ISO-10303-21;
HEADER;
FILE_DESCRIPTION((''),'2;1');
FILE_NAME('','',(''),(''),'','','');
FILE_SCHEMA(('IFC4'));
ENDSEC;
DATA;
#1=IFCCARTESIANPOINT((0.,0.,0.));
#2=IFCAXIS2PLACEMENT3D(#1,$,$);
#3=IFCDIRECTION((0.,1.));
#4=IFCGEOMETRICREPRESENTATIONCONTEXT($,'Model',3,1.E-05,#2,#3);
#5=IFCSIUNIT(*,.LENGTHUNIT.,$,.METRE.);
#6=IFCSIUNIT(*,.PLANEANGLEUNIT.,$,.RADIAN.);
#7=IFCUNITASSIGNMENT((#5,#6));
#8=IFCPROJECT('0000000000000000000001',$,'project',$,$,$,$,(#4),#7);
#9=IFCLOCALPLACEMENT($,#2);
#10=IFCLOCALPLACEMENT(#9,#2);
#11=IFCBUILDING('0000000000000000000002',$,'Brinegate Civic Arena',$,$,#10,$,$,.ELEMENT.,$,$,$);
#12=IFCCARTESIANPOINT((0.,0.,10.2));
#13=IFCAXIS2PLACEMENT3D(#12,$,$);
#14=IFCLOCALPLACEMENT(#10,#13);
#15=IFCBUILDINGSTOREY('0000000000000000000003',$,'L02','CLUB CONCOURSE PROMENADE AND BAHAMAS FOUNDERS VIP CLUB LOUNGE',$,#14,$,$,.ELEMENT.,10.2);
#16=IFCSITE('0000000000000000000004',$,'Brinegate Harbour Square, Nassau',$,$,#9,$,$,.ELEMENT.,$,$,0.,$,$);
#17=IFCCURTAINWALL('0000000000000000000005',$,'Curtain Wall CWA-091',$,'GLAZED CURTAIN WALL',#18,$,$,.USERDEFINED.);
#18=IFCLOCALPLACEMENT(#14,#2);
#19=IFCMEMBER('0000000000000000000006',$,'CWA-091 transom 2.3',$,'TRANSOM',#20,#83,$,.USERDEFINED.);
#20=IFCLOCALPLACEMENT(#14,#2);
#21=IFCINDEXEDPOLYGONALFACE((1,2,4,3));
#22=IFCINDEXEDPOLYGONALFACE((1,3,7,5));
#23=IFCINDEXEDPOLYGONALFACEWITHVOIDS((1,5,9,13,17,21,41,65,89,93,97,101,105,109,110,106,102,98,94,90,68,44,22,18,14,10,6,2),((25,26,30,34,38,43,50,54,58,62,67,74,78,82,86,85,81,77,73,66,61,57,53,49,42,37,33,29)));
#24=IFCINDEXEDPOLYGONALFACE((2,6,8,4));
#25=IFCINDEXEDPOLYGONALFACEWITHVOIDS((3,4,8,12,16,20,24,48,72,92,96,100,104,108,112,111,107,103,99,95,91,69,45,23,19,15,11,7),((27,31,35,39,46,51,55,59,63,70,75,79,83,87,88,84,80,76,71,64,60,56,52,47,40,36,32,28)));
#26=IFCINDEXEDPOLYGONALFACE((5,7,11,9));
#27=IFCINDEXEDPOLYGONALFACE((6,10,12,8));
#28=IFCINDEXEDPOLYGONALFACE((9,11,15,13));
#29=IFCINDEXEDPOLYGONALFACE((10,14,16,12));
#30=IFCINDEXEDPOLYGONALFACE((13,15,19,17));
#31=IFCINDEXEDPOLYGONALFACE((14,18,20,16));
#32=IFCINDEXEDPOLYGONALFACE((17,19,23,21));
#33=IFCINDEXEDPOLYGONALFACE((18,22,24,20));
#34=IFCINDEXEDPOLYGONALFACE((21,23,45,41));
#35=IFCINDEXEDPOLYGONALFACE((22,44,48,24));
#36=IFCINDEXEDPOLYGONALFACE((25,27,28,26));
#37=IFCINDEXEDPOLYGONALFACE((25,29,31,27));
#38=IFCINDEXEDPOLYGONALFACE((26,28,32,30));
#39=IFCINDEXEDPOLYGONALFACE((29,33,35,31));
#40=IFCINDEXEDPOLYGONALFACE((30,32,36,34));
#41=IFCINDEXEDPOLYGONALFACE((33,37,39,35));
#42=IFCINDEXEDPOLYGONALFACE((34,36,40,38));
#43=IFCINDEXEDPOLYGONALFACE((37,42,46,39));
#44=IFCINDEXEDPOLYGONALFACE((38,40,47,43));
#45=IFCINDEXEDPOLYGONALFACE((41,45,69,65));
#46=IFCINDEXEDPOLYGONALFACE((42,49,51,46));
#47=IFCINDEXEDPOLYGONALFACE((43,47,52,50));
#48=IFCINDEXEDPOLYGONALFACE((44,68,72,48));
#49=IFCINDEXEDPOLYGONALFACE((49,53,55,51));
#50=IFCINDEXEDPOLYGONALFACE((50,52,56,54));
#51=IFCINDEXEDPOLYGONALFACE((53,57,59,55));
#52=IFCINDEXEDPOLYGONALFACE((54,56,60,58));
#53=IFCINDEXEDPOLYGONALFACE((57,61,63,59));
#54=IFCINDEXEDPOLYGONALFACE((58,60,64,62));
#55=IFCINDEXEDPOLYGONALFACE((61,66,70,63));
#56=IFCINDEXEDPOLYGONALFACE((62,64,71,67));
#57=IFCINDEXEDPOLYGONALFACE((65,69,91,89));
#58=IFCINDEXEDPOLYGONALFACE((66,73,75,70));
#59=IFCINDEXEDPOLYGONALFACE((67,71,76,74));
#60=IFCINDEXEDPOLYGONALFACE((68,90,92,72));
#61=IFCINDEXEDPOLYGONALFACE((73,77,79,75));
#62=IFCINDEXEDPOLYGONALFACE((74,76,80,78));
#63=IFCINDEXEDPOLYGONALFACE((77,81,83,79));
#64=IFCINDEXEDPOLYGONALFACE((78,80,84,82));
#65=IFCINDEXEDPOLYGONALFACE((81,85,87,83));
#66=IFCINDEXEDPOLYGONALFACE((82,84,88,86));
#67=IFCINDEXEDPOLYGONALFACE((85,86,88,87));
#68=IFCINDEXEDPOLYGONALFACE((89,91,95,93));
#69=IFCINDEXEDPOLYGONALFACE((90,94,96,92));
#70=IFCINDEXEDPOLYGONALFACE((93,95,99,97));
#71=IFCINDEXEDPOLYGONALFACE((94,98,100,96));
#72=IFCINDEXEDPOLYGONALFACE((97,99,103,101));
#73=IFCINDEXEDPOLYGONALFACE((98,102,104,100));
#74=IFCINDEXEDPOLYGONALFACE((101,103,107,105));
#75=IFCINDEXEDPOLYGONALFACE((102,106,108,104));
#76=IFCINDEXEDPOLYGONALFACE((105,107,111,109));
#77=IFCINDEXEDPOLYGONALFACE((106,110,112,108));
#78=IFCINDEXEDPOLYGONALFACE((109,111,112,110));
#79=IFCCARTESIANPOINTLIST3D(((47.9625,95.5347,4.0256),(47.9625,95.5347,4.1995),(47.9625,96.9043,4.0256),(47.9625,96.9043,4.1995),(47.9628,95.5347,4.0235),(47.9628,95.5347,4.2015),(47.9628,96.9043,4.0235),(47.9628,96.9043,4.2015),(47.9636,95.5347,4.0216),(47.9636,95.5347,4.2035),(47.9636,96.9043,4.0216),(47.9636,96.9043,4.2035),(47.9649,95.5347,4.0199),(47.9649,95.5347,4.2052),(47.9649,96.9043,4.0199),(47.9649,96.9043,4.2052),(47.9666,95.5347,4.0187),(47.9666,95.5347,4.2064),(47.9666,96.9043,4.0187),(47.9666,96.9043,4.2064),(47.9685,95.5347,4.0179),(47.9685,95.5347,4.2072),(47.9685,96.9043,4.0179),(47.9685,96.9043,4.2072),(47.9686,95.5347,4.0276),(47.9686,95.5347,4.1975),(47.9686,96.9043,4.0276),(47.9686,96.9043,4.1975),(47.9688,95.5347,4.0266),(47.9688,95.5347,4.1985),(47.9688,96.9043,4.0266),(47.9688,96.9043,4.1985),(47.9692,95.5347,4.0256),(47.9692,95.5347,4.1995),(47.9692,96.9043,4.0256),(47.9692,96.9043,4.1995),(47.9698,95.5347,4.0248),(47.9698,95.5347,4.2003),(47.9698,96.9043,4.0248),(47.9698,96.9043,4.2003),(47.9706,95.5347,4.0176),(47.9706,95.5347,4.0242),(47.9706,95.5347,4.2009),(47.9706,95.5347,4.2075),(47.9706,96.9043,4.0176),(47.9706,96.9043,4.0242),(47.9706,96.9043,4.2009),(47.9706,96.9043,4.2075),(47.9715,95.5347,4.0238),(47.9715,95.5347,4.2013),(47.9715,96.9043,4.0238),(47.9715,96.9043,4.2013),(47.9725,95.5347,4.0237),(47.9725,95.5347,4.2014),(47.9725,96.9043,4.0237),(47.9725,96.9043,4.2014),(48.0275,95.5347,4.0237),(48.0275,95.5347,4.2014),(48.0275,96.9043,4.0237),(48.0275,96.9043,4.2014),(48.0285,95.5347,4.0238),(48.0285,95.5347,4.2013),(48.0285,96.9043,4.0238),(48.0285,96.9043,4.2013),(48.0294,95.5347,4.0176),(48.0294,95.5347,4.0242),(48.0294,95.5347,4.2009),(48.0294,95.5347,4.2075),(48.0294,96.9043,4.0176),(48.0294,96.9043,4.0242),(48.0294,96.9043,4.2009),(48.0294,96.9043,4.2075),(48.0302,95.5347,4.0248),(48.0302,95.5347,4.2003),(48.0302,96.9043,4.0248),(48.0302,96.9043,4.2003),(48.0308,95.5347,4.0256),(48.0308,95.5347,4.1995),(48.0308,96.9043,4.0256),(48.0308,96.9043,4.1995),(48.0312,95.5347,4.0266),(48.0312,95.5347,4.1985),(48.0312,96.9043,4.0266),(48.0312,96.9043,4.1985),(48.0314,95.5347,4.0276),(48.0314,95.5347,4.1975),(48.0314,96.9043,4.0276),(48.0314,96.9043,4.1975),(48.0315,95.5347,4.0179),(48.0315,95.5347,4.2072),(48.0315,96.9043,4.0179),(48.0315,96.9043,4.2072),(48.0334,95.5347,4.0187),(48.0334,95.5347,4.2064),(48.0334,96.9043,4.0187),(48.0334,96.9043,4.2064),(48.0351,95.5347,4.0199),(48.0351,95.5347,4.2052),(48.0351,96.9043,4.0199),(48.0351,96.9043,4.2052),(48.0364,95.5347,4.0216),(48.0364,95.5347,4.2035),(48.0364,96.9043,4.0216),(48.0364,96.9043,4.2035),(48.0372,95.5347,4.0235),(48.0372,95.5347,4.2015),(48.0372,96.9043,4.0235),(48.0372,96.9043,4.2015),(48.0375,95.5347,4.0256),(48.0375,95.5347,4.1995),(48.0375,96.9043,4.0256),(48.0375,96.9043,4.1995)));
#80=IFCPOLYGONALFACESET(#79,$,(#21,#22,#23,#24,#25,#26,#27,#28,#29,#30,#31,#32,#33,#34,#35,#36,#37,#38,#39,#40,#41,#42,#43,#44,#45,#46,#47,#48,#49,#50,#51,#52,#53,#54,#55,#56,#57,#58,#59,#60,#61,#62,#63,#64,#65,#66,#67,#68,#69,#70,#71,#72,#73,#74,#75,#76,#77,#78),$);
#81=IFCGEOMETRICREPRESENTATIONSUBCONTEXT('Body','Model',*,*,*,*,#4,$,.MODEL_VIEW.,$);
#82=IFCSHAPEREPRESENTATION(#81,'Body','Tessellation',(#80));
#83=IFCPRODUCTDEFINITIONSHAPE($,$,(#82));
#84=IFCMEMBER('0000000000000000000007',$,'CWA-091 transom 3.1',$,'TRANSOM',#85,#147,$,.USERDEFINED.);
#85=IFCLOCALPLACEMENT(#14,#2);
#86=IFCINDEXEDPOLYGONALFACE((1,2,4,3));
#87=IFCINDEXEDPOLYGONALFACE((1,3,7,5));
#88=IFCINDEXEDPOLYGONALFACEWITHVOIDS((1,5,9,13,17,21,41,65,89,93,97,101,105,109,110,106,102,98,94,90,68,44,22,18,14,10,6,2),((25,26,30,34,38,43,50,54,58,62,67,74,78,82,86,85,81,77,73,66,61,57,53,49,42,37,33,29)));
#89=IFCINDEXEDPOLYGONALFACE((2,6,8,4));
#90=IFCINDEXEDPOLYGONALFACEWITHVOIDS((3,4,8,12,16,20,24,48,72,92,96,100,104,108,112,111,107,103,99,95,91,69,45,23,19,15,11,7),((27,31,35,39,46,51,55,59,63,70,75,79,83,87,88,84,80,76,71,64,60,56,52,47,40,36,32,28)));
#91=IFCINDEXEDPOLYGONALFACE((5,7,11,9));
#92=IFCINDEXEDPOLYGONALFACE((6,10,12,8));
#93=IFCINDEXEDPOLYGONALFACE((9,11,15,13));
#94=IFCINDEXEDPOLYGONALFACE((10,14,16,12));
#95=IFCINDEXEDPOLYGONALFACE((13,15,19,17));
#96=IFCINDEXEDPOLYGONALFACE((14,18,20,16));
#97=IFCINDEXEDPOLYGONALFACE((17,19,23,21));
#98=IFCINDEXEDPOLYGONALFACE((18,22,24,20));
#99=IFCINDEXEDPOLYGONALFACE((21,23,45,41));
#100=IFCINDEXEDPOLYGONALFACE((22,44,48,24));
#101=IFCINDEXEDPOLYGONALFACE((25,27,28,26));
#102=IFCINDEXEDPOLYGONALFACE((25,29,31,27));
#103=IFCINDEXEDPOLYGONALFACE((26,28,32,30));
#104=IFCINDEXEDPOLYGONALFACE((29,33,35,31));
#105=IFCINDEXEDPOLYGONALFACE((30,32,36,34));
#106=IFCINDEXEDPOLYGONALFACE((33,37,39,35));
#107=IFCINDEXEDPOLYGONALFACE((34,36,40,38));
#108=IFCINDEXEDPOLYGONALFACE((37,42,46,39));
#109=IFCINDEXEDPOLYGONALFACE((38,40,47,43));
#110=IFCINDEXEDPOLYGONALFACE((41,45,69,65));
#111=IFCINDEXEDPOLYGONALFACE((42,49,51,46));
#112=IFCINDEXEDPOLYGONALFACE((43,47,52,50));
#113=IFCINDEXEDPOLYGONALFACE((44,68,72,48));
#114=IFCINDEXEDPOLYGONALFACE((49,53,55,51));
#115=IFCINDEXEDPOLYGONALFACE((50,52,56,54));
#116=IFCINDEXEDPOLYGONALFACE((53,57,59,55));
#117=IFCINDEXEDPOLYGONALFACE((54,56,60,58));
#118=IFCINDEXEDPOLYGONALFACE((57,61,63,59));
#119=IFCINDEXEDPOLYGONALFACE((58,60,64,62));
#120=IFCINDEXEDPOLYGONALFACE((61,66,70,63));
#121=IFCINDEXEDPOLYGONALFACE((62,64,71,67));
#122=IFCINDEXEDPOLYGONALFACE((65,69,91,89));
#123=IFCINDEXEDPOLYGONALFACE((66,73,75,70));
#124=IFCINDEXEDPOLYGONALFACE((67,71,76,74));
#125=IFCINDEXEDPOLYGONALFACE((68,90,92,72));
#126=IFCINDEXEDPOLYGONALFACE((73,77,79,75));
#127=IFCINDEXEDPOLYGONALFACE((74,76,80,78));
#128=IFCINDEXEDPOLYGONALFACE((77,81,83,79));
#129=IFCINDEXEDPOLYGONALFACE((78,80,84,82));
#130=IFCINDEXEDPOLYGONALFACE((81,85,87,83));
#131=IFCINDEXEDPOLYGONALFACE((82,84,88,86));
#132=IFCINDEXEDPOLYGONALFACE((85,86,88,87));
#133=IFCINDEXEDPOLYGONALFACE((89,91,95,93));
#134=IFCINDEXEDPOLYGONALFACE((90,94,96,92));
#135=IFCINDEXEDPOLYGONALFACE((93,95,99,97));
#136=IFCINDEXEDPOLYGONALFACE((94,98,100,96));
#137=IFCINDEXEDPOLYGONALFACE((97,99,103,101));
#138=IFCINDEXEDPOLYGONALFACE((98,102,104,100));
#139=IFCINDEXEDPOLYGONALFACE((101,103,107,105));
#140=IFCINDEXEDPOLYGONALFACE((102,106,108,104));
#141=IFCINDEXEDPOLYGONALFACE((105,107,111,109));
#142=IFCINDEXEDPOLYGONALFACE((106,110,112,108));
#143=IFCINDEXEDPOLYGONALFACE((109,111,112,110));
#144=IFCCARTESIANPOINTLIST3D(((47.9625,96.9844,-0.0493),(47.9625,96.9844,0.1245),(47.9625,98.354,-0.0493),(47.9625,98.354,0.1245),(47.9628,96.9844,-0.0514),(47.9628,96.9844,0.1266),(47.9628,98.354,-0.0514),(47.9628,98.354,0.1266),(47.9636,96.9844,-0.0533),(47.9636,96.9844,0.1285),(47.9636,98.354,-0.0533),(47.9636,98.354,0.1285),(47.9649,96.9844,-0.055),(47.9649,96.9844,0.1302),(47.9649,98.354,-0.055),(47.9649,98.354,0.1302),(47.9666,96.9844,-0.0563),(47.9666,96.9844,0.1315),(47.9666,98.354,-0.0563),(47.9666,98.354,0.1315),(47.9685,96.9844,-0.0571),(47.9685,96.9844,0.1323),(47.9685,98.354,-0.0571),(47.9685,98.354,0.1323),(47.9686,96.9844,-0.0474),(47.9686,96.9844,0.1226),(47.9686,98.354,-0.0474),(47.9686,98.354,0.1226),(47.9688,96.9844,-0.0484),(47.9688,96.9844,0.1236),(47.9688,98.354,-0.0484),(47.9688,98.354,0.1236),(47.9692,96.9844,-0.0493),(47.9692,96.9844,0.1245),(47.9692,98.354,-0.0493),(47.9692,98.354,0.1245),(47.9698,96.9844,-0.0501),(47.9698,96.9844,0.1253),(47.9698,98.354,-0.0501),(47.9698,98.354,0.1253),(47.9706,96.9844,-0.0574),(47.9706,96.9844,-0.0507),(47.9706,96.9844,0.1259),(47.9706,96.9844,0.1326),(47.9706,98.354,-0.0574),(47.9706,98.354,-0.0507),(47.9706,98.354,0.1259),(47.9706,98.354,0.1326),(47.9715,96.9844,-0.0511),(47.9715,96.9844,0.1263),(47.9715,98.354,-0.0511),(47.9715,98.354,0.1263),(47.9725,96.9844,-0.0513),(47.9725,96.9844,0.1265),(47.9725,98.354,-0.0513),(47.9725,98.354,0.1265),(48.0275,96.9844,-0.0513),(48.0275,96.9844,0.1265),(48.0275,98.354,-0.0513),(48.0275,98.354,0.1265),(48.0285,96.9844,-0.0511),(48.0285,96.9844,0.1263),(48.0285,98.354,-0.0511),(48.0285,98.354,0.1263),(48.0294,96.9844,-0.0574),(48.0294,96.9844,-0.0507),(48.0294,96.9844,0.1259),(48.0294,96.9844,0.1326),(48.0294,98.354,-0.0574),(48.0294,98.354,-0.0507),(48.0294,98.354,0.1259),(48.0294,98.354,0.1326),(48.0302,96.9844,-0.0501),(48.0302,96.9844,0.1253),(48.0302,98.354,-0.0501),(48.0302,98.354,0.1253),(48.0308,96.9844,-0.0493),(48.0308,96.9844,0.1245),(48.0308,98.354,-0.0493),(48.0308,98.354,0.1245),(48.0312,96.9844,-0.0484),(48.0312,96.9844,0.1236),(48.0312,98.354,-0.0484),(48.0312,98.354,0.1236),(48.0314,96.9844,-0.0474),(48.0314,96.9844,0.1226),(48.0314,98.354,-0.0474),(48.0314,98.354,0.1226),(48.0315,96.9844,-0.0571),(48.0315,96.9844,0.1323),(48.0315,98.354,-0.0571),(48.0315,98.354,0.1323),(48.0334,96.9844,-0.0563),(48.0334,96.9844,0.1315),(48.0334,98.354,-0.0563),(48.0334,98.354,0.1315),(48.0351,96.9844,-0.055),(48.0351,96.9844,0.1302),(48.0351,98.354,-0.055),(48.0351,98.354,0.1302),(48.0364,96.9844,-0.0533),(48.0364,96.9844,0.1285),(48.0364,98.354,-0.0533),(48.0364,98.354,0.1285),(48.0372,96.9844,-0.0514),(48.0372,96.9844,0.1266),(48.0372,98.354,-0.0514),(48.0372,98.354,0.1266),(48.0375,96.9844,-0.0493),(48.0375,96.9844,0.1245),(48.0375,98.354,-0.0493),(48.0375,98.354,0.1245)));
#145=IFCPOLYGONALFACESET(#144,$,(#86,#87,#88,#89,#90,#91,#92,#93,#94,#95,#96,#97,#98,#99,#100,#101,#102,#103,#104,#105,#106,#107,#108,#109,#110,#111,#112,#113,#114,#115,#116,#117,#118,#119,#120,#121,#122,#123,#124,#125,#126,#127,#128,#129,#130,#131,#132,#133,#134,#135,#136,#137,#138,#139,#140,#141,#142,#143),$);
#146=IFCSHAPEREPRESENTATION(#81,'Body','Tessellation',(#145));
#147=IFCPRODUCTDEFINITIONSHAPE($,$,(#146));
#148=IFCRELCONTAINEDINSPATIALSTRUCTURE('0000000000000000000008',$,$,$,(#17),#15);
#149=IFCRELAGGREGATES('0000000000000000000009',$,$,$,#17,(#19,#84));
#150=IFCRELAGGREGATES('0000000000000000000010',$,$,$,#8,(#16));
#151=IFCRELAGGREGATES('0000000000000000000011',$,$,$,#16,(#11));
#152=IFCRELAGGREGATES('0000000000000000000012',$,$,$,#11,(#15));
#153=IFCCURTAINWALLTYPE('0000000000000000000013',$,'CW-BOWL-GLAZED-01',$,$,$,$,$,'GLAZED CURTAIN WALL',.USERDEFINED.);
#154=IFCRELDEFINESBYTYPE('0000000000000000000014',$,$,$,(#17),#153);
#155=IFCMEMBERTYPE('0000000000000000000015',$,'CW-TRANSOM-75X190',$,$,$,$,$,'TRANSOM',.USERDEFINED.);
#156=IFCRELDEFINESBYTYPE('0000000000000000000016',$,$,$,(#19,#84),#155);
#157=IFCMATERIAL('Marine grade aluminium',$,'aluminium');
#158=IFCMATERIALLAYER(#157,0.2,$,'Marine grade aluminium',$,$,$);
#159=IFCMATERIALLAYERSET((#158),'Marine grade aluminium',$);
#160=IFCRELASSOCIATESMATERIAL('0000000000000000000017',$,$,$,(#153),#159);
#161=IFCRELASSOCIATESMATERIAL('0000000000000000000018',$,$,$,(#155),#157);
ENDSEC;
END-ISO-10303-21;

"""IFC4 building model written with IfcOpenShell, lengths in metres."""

from ifc_helpers import new_model, si_unit, direction, frame, origin, origin_2d, place, context, subcontext, project, spatial, hollow_rectangle, extrude, material, layer, layer_set, material_profile, profile_set, type_object, element, aggregate, save


model = new_model("IFC4")

# Units and contexts
model_context = context("Model", 3, precision=1e-05, world=origin(), true_north=direction((0.0, 1.0)))
body_context = subcontext(model_context, "Body", "Model", "MODEL_VIEW")
ifc_project = project(units=[si_unit("LENGTHUNIT", "METRE"), si_unit("PLANEANGLEUNIT", "RADIAN")], contexts=[model_context])

# Site, building, storey
site_placement = place(None, origin())
site = spatial("IfcSite", under=ifc_project, at=site_placement, Name="Brinegate Harbour Square, Nassau", CompositionType="ELEMENT", RefElevation=0.0)
building_placement = place(site_placement, origin())
building = spatial("IfcBuilding", under=site, at=building_placement, Name="Brinegate Civic Arena", CompositionType="ELEMENT")
storey_placement = place(building_placement, frame((0.0, 0.0, 10.2)))
storey = spatial("IfcBuildingStorey", under=building, at=storey_placement, Name="L02", Description="CLUB CONCOURSE PROMENADE AND BAHAMAS FOUNDERS VIP CLUB LOUNGE", CompositionType="ELEMENT", Elevation=10.2)

# Shared definitions
ifc_material_1 = material(Name="Marine grade aluminium", Category="aluminium")
ifc_layer_1 = layer(ifc_material_1, 0.2, Name="Marine grade aluminium")
ifc_layer_set_1 = layer_set([ifc_layer_1], Name="Marine grade aluminium")
curtain_wall_type = type_object("IfcCurtainWallType", Name="CW-BOWL-GLAZED-01", ElementType="GLAZED CURTAIN WALL", PredefinedType="USERDEFINED", material=ifc_layer_set_1)

# Curtain wall, members
curtain_wall_1_placement = place(storey_placement, origin())
curtain_wall_1 = element("IfcCurtainWall", 1, at=curtain_wall_1_placement, inside=storey, type_object=curtain_wall_type, Name="Curtain Wall CWA-091", ObjectType="GLAZED CURTAIN WALL", PredefinedType="USERDEFINED")
ifc_material_profile_1 = material_profile(ifc_material_1, hollow_rectangle(XDim=0.075, YDim=0.1899, WallThickness=0.0061, InnerFilletRadius=0.0039, OuterFilletRadius=0.0081, at=origin_2d()), Name="TRN75X190")
ifc_profile_set_1 = profile_set([ifc_material_profile_1], Name="Marine grade aluminium")
member_type_1 = type_object("IfcMemberType", Name="CW-TRANSOM-75X190", ElementType="TRANSOM", PredefinedType="USERDEFINED", material=ifc_profile_set_1)
member_1_placement = place(storey_placement, frame((48.0, 95.5347, 4.1125), z_axis=(0.0, 1.0, 0.0), x_axis=(-1.0, 0.0, 0.0)))
member_1 = element("IfcMember", 2, at=member_1_placement, type_object=member_type_1, Name="CWA-091 transom 2.3", ObjectType="TRANSOM", PredefinedType="USERDEFINED", context=body_context, shape_type="SweptSolid", body=[
    extrude(hollow_rectangle(XDim=0.075, YDim=0.1899, WallThickness=0.0061, InnerFilletRadius=0.0039, OuterFilletRadius=0.0081, at=origin_2d()), origin(), (0.0, 0.0, 1.0), 1.3696),
])
member_2_placement = place(storey_placement, frame((48.0, 96.9844, 0.0376), z_axis=(0.0, 1.0, 0.0), x_axis=(-1.0, 0.0, 0.0)))
member_2 = element("IfcMember", 3, at=member_2_placement, type_object=member_type_1, Name="CWA-091 transom 3.1", ObjectType="TRANSOM", PredefinedType="USERDEFINED", context=body_context, shape_type="SweptSolid", body=[
    extrude(hollow_rectangle(XDim=0.075, YDim=0.1899, WallThickness=0.0061, InnerFilletRadius=0.0039, OuterFilletRadius=0.0081, at=origin_2d()), origin(), (0.0, 0.0, 1.0), 1.3696),
])

aggregate(curtain_wall_1, [member_1, member_2])

save(model, "model.ifc")
